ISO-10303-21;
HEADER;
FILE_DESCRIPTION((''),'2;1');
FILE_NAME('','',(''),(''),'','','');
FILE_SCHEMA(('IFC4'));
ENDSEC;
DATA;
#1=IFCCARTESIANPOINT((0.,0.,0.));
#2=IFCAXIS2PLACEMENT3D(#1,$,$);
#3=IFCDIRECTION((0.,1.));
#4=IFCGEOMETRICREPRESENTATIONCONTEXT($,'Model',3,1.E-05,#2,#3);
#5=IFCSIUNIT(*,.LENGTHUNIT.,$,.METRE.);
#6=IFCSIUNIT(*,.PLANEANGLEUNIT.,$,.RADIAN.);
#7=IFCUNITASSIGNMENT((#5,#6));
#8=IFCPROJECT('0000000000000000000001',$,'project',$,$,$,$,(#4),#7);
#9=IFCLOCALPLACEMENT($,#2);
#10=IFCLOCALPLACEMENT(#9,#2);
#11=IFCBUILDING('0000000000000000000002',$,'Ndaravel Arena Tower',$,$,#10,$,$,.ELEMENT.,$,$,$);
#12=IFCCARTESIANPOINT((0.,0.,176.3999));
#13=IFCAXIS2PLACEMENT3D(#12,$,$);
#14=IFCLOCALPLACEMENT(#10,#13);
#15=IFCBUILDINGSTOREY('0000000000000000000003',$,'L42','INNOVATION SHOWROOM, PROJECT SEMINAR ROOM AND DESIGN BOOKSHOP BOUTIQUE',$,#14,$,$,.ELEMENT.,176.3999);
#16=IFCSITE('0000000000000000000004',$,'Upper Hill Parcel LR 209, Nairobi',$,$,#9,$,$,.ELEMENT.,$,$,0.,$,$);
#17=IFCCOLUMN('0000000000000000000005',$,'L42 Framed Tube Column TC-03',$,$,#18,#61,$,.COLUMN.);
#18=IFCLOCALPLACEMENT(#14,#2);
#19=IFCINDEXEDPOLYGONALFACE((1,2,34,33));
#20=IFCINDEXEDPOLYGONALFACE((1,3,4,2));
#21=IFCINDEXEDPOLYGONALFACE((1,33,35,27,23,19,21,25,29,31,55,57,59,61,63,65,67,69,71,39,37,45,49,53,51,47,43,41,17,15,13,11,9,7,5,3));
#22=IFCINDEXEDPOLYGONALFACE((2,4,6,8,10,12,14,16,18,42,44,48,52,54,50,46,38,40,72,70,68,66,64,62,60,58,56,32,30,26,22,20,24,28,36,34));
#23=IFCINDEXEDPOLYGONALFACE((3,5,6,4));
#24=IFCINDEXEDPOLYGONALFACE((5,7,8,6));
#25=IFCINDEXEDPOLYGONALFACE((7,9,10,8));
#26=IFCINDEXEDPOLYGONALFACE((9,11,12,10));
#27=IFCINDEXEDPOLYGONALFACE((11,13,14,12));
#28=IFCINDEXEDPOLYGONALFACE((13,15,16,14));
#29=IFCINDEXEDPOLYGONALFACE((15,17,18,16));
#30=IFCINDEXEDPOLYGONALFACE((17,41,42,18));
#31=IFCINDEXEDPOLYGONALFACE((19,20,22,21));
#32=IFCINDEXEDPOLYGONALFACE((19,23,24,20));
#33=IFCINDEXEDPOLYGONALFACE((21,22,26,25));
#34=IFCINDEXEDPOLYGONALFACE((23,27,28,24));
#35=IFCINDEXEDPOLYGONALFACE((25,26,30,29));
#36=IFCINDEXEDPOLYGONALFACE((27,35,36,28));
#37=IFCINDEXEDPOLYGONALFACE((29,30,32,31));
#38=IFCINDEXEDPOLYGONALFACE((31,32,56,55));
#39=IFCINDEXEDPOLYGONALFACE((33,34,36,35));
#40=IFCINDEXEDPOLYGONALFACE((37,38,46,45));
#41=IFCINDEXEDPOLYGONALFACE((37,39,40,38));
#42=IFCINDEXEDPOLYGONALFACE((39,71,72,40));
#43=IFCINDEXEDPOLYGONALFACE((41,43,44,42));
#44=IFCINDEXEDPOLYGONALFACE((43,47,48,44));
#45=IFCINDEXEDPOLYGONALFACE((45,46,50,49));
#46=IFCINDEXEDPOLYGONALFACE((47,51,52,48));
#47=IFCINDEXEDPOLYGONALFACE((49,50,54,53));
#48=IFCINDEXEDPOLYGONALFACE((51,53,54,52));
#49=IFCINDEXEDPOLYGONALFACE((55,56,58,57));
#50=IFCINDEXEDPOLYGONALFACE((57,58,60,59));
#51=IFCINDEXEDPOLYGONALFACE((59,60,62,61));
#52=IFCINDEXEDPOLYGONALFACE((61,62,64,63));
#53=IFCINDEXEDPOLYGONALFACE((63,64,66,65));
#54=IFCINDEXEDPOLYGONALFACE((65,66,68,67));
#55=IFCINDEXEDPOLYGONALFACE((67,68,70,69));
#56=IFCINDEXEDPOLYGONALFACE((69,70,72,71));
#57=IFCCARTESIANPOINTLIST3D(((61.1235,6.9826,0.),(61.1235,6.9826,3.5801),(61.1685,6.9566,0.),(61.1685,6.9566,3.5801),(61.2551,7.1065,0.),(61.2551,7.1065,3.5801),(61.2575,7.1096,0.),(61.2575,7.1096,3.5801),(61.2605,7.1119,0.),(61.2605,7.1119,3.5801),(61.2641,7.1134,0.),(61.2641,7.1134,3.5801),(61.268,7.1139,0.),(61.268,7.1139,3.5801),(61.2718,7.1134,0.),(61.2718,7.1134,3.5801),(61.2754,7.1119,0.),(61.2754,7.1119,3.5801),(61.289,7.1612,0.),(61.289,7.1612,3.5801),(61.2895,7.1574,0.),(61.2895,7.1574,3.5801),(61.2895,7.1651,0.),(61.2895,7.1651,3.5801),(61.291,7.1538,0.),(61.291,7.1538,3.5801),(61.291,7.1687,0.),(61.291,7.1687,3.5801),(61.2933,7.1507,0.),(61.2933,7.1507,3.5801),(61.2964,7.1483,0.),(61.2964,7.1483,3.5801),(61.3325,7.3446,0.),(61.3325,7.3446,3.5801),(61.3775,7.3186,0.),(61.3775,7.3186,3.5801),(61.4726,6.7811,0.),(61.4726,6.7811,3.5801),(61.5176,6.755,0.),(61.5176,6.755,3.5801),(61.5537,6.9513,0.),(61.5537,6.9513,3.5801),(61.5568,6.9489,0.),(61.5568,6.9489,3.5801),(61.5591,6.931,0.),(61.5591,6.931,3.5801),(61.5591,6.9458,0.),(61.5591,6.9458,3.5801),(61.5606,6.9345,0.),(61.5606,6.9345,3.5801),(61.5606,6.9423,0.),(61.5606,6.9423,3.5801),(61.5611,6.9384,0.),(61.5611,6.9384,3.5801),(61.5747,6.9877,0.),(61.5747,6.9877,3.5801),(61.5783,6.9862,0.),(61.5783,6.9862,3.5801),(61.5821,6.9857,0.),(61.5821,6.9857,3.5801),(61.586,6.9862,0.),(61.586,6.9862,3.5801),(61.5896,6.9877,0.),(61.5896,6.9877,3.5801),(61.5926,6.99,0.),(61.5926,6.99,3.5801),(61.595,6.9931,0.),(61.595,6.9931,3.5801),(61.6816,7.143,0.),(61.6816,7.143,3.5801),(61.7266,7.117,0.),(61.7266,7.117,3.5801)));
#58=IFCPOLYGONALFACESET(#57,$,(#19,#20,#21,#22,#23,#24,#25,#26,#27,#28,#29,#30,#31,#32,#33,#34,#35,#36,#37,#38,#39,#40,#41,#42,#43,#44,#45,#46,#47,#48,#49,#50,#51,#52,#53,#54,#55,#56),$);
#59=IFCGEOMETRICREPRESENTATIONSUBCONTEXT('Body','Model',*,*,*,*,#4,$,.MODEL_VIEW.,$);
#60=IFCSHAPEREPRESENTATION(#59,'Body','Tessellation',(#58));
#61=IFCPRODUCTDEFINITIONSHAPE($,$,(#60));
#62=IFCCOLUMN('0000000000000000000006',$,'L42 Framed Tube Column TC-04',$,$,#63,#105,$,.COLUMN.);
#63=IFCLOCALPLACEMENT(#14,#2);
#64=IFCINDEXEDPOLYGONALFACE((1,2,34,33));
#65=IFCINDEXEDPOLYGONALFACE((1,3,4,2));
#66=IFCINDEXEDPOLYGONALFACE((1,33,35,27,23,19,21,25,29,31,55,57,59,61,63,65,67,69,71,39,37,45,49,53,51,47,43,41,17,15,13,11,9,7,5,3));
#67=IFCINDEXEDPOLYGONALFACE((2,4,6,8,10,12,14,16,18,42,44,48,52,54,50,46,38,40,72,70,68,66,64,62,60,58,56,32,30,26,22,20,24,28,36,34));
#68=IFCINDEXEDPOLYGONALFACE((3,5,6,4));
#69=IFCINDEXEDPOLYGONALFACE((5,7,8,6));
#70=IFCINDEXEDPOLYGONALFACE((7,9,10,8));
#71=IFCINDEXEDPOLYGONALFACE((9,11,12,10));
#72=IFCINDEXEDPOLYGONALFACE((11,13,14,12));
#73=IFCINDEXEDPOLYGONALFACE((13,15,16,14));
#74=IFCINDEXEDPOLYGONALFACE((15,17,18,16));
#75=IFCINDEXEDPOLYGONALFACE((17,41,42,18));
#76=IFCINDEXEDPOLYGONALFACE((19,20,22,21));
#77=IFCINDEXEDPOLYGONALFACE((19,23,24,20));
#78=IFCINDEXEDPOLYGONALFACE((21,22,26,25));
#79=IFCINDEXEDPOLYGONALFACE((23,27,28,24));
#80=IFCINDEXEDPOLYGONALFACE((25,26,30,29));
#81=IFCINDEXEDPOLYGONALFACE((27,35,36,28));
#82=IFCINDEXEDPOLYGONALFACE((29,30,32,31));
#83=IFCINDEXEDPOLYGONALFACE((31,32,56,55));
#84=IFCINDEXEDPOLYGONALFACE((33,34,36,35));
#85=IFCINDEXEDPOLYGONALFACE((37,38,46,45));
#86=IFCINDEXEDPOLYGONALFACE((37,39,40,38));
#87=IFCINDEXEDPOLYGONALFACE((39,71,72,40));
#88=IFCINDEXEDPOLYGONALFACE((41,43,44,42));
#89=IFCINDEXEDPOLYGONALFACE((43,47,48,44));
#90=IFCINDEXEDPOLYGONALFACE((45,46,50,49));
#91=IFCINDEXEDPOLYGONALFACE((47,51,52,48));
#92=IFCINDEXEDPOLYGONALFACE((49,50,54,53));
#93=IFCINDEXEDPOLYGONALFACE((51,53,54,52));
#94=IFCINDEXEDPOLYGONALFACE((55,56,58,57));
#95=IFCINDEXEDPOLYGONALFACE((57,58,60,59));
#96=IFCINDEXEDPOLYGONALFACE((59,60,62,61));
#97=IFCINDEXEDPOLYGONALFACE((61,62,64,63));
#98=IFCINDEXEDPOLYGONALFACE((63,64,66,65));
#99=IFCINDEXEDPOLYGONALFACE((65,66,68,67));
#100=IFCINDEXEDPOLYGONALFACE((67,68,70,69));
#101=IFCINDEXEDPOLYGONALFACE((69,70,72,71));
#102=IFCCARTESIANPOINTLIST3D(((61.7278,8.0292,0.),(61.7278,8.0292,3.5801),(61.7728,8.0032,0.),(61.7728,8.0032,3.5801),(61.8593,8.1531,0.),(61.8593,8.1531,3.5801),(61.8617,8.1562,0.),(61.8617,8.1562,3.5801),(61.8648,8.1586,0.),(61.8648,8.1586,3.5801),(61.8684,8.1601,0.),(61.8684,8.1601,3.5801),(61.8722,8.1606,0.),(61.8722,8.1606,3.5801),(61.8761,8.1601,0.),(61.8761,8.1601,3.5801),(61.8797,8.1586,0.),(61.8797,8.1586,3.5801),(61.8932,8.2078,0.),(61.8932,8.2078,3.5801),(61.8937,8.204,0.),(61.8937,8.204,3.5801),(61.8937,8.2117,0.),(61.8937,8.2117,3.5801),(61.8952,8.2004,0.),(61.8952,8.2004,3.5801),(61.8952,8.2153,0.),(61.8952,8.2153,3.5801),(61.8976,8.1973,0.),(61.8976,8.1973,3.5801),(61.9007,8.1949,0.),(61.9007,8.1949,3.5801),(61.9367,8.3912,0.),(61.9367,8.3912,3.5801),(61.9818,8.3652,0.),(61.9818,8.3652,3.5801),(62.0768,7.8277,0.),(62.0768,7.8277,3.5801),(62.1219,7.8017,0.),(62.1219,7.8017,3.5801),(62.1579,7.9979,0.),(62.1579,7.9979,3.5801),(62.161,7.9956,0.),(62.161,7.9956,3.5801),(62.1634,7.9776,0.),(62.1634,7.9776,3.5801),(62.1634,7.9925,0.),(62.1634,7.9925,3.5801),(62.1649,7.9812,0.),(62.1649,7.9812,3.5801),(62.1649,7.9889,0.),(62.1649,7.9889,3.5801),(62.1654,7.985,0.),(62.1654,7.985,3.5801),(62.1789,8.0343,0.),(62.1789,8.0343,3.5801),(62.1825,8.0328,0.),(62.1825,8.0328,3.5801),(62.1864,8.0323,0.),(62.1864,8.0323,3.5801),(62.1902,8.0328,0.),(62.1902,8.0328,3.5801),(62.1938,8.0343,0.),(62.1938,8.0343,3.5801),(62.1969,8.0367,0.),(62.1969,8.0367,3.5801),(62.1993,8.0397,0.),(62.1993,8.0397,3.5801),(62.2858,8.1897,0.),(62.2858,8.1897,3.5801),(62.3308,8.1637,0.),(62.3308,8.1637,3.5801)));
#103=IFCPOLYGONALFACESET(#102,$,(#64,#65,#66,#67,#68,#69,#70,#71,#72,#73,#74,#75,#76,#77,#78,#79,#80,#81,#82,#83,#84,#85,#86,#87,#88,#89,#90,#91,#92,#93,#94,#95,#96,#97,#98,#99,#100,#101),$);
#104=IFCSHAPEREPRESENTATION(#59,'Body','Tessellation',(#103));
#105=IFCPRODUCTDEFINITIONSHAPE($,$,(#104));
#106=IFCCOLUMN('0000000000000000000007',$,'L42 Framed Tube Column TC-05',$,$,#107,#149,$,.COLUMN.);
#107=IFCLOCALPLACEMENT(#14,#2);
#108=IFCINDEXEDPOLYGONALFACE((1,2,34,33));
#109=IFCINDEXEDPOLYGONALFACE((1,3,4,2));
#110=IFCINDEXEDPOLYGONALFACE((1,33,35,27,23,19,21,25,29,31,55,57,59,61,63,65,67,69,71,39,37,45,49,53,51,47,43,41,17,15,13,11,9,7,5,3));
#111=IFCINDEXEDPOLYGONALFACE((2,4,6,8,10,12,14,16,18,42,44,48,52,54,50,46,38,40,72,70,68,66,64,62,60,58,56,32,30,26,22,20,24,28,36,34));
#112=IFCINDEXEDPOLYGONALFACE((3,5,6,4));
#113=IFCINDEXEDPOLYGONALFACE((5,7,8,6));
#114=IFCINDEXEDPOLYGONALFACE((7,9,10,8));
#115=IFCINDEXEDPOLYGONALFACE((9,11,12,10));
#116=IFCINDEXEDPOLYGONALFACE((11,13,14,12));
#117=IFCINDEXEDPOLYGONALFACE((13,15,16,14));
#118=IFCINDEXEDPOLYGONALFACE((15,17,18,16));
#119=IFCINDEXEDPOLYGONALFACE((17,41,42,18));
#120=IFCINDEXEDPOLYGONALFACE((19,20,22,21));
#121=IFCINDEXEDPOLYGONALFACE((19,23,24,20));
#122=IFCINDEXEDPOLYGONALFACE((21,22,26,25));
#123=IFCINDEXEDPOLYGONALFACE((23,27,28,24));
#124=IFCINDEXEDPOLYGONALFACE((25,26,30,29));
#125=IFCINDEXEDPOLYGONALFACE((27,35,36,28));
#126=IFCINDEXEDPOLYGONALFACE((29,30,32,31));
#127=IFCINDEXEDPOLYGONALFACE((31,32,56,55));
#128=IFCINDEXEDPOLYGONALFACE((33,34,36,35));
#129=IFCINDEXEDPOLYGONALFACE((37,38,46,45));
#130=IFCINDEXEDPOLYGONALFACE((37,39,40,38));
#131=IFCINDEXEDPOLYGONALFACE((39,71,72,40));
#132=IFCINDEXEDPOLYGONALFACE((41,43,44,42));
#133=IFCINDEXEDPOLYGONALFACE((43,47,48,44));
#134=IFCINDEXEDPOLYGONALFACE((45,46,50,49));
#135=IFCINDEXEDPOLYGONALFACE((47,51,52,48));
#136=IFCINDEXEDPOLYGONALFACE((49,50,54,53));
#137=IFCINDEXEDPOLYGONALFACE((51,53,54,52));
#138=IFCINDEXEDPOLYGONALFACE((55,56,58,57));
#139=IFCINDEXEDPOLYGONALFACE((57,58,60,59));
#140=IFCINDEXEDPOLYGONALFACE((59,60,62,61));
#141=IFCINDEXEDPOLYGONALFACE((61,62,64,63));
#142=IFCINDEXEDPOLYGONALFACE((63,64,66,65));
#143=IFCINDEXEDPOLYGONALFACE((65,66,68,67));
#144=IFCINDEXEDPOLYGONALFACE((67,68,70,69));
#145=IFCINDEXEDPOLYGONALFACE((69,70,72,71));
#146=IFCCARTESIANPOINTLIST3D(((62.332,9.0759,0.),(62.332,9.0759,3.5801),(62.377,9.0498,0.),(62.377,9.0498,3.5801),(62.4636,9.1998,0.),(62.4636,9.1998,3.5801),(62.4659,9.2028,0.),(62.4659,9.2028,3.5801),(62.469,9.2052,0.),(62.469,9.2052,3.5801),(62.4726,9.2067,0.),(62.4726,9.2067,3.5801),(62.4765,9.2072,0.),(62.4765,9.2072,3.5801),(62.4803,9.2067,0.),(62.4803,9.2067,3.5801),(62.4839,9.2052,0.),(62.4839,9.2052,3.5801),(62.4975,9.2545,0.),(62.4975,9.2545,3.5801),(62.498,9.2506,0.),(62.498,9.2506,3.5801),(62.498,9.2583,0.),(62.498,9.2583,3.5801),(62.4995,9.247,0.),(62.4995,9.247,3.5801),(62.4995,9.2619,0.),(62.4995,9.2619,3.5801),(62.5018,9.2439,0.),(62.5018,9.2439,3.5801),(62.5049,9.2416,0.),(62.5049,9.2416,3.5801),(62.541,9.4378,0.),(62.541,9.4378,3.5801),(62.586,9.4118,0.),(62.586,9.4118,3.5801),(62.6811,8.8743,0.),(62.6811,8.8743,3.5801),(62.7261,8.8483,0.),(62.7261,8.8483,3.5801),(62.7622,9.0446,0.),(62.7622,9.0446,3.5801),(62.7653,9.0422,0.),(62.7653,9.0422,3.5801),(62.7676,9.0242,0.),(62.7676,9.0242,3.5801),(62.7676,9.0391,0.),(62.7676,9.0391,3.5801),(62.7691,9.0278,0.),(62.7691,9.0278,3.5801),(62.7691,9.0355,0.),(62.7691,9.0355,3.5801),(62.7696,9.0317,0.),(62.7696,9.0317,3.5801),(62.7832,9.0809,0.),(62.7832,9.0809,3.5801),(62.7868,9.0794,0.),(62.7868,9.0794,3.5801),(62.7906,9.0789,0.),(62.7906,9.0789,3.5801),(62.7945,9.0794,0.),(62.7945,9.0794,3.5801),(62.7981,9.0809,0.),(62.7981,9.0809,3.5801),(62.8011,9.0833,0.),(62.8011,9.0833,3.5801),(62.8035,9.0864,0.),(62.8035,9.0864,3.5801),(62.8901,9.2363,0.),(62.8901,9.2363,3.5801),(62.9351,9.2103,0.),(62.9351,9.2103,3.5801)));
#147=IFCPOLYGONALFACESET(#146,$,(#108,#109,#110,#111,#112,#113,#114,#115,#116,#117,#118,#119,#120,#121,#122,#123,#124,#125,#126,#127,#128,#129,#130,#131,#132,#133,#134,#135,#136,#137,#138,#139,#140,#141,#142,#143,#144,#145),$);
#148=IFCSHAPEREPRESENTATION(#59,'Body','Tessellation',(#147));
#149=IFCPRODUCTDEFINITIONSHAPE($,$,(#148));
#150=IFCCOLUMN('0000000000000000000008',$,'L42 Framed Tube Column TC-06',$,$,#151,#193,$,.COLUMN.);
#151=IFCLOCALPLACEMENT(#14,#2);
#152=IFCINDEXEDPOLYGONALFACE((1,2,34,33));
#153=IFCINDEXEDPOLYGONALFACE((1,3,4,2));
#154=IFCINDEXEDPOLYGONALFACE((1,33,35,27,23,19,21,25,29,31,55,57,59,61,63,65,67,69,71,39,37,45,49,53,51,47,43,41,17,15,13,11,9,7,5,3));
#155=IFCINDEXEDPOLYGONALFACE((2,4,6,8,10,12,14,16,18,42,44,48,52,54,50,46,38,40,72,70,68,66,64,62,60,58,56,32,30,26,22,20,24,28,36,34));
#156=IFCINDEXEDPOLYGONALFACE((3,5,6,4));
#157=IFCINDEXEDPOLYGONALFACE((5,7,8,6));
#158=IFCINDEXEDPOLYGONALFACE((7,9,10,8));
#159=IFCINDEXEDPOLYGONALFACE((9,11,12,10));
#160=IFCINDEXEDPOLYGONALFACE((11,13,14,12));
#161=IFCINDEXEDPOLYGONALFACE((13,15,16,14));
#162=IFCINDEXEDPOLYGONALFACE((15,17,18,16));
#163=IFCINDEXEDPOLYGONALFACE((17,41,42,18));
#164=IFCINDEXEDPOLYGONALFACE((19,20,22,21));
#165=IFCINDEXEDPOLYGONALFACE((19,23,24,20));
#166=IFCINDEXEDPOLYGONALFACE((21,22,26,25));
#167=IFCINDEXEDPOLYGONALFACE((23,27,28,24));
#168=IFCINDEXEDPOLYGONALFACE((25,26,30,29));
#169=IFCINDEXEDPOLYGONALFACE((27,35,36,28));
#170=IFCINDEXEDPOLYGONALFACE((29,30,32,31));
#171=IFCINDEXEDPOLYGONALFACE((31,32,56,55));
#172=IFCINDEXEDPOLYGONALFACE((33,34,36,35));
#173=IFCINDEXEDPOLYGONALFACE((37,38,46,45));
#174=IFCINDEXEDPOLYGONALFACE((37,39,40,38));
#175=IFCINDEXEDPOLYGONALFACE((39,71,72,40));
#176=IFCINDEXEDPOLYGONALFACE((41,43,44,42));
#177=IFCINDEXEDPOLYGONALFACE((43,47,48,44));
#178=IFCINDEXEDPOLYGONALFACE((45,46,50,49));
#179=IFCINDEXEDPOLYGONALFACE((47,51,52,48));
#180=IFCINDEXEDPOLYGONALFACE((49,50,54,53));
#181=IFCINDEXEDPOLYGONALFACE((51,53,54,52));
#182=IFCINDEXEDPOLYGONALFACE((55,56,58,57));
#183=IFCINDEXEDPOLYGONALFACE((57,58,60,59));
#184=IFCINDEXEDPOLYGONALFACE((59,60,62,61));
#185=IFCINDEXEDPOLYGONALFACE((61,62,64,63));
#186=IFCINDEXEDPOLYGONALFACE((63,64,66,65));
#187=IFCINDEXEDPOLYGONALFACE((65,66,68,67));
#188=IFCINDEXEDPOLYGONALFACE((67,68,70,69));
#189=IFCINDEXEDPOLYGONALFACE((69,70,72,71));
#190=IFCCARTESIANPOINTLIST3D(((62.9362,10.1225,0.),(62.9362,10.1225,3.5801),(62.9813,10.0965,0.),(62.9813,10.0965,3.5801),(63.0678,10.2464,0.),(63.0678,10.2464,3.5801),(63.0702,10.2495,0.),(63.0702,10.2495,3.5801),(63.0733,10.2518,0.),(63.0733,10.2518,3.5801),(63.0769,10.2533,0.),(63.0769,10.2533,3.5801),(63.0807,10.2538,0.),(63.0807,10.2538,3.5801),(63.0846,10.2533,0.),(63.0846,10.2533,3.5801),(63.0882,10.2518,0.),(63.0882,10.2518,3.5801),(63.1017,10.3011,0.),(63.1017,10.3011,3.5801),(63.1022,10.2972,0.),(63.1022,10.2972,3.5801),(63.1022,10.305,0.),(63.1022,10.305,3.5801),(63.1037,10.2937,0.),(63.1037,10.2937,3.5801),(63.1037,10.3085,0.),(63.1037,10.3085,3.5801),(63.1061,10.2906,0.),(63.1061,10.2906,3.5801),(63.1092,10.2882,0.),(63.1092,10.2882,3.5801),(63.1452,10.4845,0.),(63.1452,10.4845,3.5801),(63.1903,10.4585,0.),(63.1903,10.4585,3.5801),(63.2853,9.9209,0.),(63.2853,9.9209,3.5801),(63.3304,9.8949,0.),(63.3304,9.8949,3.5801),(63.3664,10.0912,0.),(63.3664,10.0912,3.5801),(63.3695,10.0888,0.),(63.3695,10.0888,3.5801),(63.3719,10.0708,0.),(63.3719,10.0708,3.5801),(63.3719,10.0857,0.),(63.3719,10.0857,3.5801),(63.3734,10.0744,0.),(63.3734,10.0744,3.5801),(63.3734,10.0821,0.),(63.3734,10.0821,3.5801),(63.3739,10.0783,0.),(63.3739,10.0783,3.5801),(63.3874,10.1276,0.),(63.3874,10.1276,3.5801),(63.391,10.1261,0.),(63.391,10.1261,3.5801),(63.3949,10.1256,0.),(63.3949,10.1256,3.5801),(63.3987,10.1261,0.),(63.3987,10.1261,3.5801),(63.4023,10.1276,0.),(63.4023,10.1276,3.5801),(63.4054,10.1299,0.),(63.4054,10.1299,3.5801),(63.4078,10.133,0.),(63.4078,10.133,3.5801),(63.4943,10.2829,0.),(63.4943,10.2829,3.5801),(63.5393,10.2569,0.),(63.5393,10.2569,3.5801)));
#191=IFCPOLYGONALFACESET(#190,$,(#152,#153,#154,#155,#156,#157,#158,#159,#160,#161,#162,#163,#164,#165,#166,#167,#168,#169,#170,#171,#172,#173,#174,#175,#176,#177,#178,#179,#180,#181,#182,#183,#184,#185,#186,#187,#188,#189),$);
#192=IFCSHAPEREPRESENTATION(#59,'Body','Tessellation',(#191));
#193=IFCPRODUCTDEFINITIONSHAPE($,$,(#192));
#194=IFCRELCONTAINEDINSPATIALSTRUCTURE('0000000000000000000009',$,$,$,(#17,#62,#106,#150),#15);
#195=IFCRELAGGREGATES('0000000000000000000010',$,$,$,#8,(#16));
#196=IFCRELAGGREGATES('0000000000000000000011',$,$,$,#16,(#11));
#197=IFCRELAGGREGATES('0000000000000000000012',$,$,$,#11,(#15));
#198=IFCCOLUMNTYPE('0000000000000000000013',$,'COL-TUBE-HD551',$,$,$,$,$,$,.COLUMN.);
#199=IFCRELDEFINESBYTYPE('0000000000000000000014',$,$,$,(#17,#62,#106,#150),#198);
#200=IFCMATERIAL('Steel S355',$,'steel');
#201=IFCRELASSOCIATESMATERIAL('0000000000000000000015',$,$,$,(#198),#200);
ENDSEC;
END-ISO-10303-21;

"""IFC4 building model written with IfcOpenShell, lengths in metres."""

from ifc_helpers import new_model, si_unit, direction, frame, origin, origin_2d, place, context, subcontext, project, spatial, i_section, extrude, material, material_profile, profile_set, type_object, element, save


model = new_model("IFC4")

# Units and contexts
model_context = context("Model", 3, precision=1e-05, world=origin(), true_north=direction((0.0, 1.0)))
body_context = subcontext(model_context, "Body", "Model", "MODEL_VIEW")
ifc_project = project(units=[si_unit("LENGTHUNIT", "METRE"), si_unit("PLANEANGLEUNIT", "RADIAN")], contexts=[model_context])

# Site, building, storey
site_placement = place(None, origin())
site = spatial("IfcSite", under=ifc_project, at=site_placement, Name="Upper Hill Parcel LR 209, Nairobi", CompositionType="ELEMENT", RefElevation=0.0)
building_placement = place(site_placement, origin())
building = spatial("IfcBuilding", under=site, at=building_placement, Name="Ndaravel Arena Tower", CompositionType="ELEMENT")
storey_placement = place(building_placement, frame((0.0, 0.0, 176.3999)))
storey = spatial("IfcBuildingStorey", under=building, at=storey_placement, Name="L42", Description="INNOVATION SHOWROOM, PROJECT SEMINAR ROOM AND DESIGN BOOKSHOP BOUTIQUE", CompositionType="ELEMENT", Elevation=176.3999)

# Columns
ifc_material_1 = material(Name="Steel S355", Category="steel")
ifc_material_profile_1 = material_profile(ifc_material_1, i_section(OverallWidth=0.418, OverallDepth=0.4551, WebThickness=0.042, FlangeThickness=0.052, FilletRadius=0.0149, at=origin_2d()), Name="HD 400x551")
ifc_profile_set_1 = profile_set([ifc_material_profile_1], Name="Steel S355")
column_type = type_object("IfcColumnType", Name="COL-TUBE-HD551", PredefinedType="COLUMN", material=ifc_profile_set_1)
for number, where, z_axis, x_axis, name in (
    (1, (61.425, 7.0498, 0.0), (0.0, 0.0, 1.0), (0.5, 0.866025, 0.0), "L42 Framed Tube Column TC-03"),
    (2, (62.0293, 8.0964, 0.0), (0.0, 0.0, 1.0), (0.5, 0.866025, 0.0), "L42 Framed Tube Column TC-04"),
    (3, (62.6335, 9.1431, 0.0), (0.0, 0.0, 1.0), (0.5, 0.866025, 0.0), "L42 Framed Tube Column TC-05"),
    (4, (63.2378, 10.1897, 0.0), (0.0, 0.0, 1.0), (0.5, 0.866025, 0.0), "L42 Framed Tube Column TC-06"),
):
    element("IfcColumn", number, at=place(storey_placement, frame(where, z_axis=z_axis, x_axis=x_axis)), inside=storey, type_object=column_type, Name=name, PredefinedType="COLUMN", context=body_context, shape_type="SweptSolid", body=[
        extrude(i_section(OverallWidth=0.418, OverallDepth=0.4551, WebThickness=0.042, FlangeThickness=0.052, FilletRadius=0.0149, at=origin_2d()), origin(), (0.0, 0.0, 1.0), 3.5801),
    ])

save(model, "model.ifc")
